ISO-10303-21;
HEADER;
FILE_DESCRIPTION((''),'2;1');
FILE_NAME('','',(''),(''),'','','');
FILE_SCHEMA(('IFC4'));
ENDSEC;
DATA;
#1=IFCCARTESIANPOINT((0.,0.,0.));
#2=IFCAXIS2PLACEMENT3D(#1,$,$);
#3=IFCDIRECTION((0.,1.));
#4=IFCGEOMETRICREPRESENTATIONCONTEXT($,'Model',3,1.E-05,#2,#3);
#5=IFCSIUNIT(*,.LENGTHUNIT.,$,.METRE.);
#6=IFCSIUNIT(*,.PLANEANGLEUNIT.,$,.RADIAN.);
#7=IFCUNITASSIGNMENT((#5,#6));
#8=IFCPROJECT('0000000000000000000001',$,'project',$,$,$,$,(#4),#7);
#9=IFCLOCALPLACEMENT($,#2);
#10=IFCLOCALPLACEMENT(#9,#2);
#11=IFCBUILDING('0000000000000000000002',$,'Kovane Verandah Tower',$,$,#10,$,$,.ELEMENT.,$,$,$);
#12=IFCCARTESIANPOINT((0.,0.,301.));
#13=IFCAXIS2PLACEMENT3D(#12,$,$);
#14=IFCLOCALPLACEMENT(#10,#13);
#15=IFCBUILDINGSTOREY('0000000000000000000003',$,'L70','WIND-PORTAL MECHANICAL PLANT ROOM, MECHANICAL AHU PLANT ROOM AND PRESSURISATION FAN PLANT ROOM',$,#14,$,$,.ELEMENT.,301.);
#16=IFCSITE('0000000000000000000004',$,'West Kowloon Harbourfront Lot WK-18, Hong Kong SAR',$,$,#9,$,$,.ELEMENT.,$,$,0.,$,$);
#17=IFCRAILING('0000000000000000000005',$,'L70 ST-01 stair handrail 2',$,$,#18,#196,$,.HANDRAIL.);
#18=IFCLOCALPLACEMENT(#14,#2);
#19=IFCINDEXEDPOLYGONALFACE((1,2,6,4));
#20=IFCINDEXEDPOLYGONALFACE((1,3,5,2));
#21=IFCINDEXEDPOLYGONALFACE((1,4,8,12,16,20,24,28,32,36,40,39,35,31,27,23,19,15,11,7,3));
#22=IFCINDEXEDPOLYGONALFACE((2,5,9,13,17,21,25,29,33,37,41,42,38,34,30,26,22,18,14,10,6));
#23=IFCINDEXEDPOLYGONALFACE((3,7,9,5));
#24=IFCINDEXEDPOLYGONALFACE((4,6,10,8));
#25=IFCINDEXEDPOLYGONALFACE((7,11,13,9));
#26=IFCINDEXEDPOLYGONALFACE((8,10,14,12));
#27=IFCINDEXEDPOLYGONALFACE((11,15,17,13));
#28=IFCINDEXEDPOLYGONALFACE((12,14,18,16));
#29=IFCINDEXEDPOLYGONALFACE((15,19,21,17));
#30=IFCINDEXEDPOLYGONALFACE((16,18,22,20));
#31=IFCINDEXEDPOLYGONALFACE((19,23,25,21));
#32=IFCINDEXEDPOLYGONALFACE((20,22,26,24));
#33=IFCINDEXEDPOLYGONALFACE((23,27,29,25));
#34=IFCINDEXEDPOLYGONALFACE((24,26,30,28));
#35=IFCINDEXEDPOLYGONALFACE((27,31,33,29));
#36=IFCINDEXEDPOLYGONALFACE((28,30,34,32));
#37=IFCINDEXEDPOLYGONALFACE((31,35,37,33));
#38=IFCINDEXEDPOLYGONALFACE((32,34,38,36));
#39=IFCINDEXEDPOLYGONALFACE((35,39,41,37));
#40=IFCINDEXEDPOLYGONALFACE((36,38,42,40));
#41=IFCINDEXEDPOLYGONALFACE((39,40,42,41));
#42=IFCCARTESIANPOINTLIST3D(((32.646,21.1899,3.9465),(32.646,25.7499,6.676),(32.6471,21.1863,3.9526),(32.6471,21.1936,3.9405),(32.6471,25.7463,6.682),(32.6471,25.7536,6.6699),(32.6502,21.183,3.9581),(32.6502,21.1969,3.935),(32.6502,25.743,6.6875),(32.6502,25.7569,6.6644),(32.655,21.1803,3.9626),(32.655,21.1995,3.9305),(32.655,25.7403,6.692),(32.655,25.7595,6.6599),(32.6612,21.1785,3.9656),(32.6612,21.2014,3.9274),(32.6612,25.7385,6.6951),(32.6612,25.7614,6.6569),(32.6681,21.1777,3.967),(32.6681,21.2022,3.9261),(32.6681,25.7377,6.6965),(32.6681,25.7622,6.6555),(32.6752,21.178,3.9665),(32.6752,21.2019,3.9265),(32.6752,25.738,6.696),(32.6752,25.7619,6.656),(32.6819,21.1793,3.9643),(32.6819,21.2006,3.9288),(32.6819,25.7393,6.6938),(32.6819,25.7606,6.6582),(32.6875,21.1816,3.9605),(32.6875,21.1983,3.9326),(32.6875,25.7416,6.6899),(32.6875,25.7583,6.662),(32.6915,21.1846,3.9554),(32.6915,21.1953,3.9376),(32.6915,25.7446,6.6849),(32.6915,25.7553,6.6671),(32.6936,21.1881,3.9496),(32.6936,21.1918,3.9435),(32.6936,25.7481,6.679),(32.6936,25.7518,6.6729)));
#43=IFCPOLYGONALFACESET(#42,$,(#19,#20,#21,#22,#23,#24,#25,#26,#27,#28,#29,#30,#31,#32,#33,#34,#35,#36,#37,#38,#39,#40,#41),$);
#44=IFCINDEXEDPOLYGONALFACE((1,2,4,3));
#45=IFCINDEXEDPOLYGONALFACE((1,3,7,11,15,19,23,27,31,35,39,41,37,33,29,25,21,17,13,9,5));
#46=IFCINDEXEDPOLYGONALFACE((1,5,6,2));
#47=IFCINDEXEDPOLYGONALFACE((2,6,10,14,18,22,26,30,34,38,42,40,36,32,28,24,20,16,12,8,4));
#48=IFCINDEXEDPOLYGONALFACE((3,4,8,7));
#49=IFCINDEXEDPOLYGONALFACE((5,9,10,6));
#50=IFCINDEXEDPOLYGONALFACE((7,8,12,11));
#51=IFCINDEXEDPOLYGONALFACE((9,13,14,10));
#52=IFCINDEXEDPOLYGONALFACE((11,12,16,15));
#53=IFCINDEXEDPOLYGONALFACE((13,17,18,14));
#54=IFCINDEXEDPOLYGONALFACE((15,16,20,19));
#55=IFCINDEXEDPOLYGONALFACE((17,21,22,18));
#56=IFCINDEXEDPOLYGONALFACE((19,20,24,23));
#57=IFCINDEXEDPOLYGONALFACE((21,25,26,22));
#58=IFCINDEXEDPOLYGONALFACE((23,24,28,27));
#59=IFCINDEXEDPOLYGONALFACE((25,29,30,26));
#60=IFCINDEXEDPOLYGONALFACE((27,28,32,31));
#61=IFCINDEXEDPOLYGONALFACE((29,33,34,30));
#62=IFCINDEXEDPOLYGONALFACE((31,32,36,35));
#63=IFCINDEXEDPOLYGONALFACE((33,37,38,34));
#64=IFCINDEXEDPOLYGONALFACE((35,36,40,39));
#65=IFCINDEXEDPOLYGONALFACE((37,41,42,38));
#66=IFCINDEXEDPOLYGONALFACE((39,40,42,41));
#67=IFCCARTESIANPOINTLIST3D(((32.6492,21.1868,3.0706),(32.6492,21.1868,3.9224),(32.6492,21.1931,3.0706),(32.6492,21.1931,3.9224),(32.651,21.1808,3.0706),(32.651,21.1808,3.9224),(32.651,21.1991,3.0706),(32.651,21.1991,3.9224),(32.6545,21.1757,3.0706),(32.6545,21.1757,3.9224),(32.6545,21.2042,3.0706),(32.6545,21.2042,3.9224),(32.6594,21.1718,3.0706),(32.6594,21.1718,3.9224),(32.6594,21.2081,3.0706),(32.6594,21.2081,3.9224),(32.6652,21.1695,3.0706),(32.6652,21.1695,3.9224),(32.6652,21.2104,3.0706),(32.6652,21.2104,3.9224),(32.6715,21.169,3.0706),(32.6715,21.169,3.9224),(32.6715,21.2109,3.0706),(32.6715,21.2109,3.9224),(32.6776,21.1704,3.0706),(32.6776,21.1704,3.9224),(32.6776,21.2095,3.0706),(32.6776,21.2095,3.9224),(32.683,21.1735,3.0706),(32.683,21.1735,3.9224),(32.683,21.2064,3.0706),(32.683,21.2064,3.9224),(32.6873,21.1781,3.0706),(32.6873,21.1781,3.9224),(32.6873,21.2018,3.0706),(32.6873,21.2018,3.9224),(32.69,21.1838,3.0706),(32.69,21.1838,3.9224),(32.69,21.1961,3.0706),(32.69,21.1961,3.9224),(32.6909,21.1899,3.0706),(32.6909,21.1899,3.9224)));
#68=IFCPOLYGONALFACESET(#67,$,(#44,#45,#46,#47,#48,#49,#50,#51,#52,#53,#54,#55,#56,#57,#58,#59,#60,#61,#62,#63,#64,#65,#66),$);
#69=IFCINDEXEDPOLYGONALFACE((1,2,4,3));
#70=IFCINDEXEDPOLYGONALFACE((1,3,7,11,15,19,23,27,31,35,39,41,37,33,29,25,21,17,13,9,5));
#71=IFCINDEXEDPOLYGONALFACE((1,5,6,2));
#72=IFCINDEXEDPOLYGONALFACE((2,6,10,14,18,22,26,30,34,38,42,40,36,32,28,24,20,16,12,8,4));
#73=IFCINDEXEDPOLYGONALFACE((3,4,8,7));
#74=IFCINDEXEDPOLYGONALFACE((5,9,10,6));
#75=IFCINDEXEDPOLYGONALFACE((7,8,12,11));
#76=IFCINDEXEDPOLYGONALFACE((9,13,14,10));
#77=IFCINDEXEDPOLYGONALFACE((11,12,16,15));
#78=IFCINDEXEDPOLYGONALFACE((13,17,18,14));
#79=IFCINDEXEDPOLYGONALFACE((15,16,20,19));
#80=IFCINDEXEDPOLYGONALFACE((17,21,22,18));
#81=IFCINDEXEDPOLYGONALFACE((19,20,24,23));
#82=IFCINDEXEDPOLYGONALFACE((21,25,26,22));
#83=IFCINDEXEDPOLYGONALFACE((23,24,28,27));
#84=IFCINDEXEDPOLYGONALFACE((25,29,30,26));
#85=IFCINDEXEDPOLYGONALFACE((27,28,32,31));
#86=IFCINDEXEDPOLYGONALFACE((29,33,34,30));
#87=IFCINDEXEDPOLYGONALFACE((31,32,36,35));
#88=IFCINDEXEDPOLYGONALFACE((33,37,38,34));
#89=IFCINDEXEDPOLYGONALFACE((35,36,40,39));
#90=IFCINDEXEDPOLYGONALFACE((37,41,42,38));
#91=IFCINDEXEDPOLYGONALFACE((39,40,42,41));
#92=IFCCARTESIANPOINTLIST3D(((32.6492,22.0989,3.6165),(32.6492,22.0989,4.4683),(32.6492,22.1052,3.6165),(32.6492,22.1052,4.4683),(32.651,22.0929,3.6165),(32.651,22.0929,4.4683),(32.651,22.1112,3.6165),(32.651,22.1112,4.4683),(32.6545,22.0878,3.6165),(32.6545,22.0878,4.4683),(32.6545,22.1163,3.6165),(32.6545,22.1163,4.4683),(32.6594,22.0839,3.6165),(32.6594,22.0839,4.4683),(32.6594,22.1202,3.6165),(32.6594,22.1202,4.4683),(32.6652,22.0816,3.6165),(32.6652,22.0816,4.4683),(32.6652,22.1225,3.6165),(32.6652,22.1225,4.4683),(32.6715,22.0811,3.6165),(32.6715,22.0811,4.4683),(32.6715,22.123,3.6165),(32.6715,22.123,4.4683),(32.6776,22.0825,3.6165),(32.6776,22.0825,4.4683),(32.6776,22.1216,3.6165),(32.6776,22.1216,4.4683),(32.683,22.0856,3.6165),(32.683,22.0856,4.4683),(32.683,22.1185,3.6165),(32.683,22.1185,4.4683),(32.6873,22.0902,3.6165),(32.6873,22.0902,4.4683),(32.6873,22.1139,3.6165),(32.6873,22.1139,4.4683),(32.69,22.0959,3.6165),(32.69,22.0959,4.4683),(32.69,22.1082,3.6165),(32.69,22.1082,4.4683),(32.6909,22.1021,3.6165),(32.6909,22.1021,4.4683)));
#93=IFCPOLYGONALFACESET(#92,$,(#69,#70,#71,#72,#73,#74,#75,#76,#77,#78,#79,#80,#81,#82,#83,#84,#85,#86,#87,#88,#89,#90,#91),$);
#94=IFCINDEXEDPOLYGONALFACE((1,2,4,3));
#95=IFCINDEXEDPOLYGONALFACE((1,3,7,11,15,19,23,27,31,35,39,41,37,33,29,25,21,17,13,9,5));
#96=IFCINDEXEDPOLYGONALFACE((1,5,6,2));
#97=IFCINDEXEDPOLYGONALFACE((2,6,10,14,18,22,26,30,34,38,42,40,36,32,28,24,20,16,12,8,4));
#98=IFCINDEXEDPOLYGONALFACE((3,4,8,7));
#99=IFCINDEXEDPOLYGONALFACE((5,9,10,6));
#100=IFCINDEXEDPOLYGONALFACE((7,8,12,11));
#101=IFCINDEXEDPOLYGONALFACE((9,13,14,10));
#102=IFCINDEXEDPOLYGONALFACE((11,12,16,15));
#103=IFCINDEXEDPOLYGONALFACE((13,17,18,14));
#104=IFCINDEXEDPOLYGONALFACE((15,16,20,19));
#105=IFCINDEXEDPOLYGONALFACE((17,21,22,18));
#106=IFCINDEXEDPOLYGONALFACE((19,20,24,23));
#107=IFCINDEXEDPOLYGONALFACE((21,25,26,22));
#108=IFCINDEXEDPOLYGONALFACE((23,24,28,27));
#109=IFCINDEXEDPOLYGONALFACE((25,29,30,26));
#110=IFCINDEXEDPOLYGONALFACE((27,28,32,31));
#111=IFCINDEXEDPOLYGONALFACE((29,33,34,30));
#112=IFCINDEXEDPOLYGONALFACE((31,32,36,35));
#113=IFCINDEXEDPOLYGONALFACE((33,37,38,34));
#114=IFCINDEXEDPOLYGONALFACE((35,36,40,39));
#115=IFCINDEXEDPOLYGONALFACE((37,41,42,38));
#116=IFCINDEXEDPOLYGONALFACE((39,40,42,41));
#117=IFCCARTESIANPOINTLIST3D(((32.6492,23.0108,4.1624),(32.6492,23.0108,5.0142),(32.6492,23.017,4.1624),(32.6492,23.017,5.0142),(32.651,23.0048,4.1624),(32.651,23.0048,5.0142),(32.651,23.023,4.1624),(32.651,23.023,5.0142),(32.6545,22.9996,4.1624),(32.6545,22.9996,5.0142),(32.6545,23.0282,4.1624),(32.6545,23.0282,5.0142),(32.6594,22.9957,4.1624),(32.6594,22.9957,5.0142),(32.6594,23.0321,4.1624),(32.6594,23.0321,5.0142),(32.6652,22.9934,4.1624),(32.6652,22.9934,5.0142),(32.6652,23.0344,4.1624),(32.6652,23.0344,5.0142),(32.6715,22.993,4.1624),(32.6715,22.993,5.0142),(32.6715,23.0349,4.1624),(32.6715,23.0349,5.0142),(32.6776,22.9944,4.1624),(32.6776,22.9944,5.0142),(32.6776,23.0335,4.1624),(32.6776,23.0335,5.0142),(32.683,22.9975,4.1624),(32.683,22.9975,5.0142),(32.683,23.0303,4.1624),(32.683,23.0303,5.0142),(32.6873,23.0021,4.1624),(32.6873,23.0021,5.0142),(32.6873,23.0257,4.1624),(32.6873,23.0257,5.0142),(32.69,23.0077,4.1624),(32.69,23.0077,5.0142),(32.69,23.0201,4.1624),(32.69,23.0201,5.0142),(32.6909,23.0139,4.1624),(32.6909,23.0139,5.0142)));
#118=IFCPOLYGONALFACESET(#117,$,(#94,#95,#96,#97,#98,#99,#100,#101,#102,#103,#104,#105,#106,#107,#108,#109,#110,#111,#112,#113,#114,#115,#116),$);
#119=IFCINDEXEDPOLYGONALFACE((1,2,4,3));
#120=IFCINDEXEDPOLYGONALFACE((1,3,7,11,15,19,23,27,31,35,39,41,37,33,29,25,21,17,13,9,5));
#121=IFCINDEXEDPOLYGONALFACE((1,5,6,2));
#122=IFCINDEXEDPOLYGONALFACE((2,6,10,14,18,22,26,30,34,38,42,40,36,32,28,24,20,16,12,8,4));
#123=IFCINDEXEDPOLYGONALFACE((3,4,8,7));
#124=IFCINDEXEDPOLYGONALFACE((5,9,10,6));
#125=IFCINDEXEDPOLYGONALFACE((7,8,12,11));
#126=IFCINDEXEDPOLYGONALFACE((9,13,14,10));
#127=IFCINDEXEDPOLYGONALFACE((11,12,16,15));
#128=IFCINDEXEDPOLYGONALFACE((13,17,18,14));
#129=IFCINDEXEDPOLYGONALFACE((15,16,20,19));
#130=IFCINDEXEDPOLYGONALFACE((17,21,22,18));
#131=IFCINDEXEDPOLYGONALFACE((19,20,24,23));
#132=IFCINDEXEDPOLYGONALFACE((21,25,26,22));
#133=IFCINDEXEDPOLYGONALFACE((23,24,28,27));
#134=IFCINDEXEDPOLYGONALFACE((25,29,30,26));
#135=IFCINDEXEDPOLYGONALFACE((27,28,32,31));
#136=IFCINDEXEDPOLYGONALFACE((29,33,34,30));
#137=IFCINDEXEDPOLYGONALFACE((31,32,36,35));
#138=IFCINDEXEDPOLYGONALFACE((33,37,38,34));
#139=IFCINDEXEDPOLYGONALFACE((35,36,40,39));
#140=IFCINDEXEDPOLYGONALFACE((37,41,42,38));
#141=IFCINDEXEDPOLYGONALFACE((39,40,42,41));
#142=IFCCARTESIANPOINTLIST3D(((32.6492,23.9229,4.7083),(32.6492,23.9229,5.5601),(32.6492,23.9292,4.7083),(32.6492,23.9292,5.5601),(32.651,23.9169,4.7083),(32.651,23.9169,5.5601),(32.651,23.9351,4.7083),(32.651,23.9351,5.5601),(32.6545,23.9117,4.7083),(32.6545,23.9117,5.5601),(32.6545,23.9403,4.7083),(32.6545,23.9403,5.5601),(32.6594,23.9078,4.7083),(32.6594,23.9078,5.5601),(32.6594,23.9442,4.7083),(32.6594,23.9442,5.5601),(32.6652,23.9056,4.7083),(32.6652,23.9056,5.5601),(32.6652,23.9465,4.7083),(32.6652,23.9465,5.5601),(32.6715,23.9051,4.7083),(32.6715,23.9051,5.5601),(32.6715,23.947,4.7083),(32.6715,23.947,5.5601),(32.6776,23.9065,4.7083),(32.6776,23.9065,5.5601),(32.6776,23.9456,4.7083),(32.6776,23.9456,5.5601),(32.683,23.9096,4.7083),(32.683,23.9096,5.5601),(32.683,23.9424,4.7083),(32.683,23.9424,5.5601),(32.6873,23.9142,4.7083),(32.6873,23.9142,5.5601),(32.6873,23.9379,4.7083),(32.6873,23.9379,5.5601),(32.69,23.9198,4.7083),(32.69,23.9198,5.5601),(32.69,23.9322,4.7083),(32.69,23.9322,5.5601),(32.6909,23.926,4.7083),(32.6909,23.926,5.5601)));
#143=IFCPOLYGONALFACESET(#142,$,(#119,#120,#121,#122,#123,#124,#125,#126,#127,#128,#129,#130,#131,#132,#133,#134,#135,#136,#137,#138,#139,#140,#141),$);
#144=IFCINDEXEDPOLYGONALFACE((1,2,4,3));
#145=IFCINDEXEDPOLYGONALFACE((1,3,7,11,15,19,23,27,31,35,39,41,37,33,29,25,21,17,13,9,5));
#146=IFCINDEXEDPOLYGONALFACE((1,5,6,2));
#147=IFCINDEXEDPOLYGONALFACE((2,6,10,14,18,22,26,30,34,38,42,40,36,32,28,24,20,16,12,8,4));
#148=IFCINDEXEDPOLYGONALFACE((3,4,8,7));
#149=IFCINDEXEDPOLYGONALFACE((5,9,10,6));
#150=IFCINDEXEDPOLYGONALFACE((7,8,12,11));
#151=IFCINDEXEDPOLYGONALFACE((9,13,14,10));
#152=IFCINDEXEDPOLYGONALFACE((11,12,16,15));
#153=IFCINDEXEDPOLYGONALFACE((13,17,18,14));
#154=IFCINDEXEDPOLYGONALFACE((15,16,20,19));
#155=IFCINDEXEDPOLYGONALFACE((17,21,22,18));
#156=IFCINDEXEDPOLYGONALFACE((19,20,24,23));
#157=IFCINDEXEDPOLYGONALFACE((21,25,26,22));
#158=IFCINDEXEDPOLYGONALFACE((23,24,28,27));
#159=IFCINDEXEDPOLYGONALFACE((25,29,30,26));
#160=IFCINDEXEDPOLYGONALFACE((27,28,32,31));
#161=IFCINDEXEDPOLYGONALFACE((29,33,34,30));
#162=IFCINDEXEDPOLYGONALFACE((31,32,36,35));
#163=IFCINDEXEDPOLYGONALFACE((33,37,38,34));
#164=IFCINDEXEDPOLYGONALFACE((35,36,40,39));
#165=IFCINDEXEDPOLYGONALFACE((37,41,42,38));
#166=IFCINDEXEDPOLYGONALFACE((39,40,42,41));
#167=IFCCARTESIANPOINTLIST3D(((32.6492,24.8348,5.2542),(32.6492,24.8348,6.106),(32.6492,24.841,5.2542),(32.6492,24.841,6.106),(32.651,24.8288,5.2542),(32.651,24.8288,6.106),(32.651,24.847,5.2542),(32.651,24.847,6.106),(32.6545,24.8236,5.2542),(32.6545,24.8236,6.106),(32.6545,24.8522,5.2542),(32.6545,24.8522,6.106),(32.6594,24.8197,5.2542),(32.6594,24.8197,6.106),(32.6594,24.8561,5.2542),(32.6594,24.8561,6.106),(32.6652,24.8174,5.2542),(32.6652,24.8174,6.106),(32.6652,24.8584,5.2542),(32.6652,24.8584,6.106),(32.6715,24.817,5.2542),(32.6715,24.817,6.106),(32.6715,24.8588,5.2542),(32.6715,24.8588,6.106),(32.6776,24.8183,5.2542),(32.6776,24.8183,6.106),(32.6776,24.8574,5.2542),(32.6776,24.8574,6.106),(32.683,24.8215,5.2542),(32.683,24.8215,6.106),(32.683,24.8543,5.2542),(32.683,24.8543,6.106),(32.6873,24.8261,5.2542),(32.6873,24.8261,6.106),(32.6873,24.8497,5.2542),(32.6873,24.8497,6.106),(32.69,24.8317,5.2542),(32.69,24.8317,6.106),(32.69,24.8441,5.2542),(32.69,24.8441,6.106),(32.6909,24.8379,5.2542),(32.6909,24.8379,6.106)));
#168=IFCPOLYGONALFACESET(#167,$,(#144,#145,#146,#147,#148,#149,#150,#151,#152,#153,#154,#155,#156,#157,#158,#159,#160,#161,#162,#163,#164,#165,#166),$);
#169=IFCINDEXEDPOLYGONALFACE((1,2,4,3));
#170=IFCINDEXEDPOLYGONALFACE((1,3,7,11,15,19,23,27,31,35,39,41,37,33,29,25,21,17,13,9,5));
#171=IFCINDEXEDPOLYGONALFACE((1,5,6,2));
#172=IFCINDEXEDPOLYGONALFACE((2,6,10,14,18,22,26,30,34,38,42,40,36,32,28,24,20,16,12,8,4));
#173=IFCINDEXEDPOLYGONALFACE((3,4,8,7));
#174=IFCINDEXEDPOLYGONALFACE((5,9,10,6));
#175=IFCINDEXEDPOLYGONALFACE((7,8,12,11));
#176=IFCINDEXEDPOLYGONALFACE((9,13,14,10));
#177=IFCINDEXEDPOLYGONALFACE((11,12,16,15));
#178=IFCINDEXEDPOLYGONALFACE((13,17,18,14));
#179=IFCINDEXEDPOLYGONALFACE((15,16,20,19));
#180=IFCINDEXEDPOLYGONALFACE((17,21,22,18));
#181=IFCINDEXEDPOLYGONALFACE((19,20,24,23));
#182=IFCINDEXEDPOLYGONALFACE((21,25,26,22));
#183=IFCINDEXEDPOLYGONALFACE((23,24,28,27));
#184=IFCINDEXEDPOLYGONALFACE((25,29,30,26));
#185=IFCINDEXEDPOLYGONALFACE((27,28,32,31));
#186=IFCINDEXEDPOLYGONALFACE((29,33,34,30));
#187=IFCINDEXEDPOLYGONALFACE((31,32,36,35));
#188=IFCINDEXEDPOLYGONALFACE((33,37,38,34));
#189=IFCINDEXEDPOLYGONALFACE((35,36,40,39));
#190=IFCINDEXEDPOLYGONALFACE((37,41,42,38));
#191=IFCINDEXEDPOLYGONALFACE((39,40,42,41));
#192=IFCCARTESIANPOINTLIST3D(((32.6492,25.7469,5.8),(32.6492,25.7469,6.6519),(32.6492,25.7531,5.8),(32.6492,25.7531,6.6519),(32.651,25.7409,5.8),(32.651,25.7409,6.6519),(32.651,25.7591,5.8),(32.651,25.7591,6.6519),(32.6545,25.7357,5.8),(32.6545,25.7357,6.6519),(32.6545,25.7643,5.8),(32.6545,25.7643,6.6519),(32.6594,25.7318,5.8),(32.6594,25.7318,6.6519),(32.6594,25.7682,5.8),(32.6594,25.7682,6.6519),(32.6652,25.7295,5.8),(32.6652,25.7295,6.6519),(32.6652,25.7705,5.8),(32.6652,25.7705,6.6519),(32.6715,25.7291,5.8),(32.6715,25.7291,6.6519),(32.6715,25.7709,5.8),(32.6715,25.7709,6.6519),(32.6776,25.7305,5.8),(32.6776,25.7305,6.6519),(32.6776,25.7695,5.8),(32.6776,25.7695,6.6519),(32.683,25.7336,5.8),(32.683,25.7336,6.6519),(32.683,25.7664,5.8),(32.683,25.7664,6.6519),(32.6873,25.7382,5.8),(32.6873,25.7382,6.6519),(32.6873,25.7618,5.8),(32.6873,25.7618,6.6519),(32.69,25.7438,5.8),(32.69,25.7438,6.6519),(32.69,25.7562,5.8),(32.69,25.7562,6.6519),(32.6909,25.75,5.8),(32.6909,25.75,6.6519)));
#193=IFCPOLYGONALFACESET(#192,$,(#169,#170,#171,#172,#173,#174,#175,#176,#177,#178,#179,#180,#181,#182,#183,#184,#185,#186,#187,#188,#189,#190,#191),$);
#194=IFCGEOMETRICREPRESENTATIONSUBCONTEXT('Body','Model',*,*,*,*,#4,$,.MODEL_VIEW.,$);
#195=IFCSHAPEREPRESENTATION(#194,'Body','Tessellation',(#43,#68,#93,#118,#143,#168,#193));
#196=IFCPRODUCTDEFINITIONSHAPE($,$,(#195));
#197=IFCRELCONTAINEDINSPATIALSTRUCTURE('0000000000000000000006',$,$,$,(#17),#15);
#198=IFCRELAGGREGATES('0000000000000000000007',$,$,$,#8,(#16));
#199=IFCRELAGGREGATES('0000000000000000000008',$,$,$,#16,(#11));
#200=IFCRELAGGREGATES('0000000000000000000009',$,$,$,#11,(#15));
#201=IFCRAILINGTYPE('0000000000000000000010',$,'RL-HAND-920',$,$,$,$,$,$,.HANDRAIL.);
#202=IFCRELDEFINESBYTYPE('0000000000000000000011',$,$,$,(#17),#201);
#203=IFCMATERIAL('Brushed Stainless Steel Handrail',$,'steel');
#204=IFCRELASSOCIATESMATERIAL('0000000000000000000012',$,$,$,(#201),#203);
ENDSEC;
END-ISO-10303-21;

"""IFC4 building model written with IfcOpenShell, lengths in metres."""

from ifc_helpers import new_model, si_unit, direction, frame, origin, origin_2d, place, context, subcontext, project, spatial, circle, extrude, material, type_object, element, save


model = new_model("IFC4")

# Units and contexts
model_context = context("Model", 3, precision=1e-05, world=origin(), true_north=direction((0.0, 1.0)))
body_context = subcontext(model_context, "Body", "Model", "MODEL_VIEW")
ifc_project = project(units=[si_unit("LENGTHUNIT", "METRE"), si_unit("PLANEANGLEUNIT", "RADIAN")], contexts=[model_context])

# Site, building, storey
site_placement = place(None, origin())
site = spatial("IfcSite", under=ifc_project, at=site_placement, Name="West Kowloon Harbourfront Lot WK-18, Hong Kong SAR", CompositionType="ELEMENT", RefElevation=0.0)
building_placement = place(site_placement, origin())
building = spatial("IfcBuilding", under=site, at=building_placement, Name="Kovane Verandah Tower", CompositionType="ELEMENT")
storey_placement = place(building_placement, frame((0.0, 0.0, 301.0)))
storey = spatial("IfcBuildingStorey", under=building, at=storey_placement, Name="L70", Description="WIND-PORTAL MECHANICAL PLANT ROOM, MECHANICAL AHU PLANT ROOM AND PRESSURISATION FAN PLANT ROOM", CompositionType="ELEMENT", Elevation=301.0)

# Railing
ifc_material_1 = material(Name="Brushed Stainless Steel Handrail", Category="steel")
railing_type_1 = type_object("IfcRailingType", Name="RL-HAND-920", PredefinedType="HANDRAIL", material=ifc_material_1)
railing_1_placement = place(storey_placement, frame((32.6699, 21.1899, 3.0706)))
element("IfcRailing", 1, at=railing_1_placement, inside=storey, type_object=railing_type_1, Name="L70 ST-01 stair handrail 2", PredefinedType="HANDRAIL", context=body_context, shape_type="SweptSolid", body=[
    extrude(circle(Radius=0.0239, at=origin_2d()), frame((0.0, 0.0, 0.876), z_axis=(0.0, 0.858036, 0.51359), x_axis=(-1.0, 0.0, 0.0)), (0.0, 0.0, 1.0), 5.3145),
    extrude(circle(Radius=0.021, at=origin_2d()), origin(), (0.0, 0.0, 1.0), 0.8518),
    extrude(circle(Radius=0.021, at=origin_2d()), frame((0.0, 0.9121, 0.5459)), (0.0, 0.0, 1.0), 0.8518),
    extrude(circle(Radius=0.021, at=origin_2d()), frame((0.0, 1.824, 1.0918)), (0.0, 0.0, 1.0), 0.8518),
    extrude(circle(Radius=0.021, at=origin_2d()), frame((0.0, 2.7361, 1.6377)), (0.0, 0.0, 1.0), 0.8518),
    extrude(circle(Radius=0.021, at=origin_2d()), frame((0.0, 3.6479, 2.1836)), (0.0, 0.0, 1.0), 0.8518),
    extrude(circle(Radius=0.021, at=origin_2d()), frame((0.0, 4.5601, 2.7295)), (0.0, 0.0, 1.0), 0.8518),
])

save(model, "model.ifc")
